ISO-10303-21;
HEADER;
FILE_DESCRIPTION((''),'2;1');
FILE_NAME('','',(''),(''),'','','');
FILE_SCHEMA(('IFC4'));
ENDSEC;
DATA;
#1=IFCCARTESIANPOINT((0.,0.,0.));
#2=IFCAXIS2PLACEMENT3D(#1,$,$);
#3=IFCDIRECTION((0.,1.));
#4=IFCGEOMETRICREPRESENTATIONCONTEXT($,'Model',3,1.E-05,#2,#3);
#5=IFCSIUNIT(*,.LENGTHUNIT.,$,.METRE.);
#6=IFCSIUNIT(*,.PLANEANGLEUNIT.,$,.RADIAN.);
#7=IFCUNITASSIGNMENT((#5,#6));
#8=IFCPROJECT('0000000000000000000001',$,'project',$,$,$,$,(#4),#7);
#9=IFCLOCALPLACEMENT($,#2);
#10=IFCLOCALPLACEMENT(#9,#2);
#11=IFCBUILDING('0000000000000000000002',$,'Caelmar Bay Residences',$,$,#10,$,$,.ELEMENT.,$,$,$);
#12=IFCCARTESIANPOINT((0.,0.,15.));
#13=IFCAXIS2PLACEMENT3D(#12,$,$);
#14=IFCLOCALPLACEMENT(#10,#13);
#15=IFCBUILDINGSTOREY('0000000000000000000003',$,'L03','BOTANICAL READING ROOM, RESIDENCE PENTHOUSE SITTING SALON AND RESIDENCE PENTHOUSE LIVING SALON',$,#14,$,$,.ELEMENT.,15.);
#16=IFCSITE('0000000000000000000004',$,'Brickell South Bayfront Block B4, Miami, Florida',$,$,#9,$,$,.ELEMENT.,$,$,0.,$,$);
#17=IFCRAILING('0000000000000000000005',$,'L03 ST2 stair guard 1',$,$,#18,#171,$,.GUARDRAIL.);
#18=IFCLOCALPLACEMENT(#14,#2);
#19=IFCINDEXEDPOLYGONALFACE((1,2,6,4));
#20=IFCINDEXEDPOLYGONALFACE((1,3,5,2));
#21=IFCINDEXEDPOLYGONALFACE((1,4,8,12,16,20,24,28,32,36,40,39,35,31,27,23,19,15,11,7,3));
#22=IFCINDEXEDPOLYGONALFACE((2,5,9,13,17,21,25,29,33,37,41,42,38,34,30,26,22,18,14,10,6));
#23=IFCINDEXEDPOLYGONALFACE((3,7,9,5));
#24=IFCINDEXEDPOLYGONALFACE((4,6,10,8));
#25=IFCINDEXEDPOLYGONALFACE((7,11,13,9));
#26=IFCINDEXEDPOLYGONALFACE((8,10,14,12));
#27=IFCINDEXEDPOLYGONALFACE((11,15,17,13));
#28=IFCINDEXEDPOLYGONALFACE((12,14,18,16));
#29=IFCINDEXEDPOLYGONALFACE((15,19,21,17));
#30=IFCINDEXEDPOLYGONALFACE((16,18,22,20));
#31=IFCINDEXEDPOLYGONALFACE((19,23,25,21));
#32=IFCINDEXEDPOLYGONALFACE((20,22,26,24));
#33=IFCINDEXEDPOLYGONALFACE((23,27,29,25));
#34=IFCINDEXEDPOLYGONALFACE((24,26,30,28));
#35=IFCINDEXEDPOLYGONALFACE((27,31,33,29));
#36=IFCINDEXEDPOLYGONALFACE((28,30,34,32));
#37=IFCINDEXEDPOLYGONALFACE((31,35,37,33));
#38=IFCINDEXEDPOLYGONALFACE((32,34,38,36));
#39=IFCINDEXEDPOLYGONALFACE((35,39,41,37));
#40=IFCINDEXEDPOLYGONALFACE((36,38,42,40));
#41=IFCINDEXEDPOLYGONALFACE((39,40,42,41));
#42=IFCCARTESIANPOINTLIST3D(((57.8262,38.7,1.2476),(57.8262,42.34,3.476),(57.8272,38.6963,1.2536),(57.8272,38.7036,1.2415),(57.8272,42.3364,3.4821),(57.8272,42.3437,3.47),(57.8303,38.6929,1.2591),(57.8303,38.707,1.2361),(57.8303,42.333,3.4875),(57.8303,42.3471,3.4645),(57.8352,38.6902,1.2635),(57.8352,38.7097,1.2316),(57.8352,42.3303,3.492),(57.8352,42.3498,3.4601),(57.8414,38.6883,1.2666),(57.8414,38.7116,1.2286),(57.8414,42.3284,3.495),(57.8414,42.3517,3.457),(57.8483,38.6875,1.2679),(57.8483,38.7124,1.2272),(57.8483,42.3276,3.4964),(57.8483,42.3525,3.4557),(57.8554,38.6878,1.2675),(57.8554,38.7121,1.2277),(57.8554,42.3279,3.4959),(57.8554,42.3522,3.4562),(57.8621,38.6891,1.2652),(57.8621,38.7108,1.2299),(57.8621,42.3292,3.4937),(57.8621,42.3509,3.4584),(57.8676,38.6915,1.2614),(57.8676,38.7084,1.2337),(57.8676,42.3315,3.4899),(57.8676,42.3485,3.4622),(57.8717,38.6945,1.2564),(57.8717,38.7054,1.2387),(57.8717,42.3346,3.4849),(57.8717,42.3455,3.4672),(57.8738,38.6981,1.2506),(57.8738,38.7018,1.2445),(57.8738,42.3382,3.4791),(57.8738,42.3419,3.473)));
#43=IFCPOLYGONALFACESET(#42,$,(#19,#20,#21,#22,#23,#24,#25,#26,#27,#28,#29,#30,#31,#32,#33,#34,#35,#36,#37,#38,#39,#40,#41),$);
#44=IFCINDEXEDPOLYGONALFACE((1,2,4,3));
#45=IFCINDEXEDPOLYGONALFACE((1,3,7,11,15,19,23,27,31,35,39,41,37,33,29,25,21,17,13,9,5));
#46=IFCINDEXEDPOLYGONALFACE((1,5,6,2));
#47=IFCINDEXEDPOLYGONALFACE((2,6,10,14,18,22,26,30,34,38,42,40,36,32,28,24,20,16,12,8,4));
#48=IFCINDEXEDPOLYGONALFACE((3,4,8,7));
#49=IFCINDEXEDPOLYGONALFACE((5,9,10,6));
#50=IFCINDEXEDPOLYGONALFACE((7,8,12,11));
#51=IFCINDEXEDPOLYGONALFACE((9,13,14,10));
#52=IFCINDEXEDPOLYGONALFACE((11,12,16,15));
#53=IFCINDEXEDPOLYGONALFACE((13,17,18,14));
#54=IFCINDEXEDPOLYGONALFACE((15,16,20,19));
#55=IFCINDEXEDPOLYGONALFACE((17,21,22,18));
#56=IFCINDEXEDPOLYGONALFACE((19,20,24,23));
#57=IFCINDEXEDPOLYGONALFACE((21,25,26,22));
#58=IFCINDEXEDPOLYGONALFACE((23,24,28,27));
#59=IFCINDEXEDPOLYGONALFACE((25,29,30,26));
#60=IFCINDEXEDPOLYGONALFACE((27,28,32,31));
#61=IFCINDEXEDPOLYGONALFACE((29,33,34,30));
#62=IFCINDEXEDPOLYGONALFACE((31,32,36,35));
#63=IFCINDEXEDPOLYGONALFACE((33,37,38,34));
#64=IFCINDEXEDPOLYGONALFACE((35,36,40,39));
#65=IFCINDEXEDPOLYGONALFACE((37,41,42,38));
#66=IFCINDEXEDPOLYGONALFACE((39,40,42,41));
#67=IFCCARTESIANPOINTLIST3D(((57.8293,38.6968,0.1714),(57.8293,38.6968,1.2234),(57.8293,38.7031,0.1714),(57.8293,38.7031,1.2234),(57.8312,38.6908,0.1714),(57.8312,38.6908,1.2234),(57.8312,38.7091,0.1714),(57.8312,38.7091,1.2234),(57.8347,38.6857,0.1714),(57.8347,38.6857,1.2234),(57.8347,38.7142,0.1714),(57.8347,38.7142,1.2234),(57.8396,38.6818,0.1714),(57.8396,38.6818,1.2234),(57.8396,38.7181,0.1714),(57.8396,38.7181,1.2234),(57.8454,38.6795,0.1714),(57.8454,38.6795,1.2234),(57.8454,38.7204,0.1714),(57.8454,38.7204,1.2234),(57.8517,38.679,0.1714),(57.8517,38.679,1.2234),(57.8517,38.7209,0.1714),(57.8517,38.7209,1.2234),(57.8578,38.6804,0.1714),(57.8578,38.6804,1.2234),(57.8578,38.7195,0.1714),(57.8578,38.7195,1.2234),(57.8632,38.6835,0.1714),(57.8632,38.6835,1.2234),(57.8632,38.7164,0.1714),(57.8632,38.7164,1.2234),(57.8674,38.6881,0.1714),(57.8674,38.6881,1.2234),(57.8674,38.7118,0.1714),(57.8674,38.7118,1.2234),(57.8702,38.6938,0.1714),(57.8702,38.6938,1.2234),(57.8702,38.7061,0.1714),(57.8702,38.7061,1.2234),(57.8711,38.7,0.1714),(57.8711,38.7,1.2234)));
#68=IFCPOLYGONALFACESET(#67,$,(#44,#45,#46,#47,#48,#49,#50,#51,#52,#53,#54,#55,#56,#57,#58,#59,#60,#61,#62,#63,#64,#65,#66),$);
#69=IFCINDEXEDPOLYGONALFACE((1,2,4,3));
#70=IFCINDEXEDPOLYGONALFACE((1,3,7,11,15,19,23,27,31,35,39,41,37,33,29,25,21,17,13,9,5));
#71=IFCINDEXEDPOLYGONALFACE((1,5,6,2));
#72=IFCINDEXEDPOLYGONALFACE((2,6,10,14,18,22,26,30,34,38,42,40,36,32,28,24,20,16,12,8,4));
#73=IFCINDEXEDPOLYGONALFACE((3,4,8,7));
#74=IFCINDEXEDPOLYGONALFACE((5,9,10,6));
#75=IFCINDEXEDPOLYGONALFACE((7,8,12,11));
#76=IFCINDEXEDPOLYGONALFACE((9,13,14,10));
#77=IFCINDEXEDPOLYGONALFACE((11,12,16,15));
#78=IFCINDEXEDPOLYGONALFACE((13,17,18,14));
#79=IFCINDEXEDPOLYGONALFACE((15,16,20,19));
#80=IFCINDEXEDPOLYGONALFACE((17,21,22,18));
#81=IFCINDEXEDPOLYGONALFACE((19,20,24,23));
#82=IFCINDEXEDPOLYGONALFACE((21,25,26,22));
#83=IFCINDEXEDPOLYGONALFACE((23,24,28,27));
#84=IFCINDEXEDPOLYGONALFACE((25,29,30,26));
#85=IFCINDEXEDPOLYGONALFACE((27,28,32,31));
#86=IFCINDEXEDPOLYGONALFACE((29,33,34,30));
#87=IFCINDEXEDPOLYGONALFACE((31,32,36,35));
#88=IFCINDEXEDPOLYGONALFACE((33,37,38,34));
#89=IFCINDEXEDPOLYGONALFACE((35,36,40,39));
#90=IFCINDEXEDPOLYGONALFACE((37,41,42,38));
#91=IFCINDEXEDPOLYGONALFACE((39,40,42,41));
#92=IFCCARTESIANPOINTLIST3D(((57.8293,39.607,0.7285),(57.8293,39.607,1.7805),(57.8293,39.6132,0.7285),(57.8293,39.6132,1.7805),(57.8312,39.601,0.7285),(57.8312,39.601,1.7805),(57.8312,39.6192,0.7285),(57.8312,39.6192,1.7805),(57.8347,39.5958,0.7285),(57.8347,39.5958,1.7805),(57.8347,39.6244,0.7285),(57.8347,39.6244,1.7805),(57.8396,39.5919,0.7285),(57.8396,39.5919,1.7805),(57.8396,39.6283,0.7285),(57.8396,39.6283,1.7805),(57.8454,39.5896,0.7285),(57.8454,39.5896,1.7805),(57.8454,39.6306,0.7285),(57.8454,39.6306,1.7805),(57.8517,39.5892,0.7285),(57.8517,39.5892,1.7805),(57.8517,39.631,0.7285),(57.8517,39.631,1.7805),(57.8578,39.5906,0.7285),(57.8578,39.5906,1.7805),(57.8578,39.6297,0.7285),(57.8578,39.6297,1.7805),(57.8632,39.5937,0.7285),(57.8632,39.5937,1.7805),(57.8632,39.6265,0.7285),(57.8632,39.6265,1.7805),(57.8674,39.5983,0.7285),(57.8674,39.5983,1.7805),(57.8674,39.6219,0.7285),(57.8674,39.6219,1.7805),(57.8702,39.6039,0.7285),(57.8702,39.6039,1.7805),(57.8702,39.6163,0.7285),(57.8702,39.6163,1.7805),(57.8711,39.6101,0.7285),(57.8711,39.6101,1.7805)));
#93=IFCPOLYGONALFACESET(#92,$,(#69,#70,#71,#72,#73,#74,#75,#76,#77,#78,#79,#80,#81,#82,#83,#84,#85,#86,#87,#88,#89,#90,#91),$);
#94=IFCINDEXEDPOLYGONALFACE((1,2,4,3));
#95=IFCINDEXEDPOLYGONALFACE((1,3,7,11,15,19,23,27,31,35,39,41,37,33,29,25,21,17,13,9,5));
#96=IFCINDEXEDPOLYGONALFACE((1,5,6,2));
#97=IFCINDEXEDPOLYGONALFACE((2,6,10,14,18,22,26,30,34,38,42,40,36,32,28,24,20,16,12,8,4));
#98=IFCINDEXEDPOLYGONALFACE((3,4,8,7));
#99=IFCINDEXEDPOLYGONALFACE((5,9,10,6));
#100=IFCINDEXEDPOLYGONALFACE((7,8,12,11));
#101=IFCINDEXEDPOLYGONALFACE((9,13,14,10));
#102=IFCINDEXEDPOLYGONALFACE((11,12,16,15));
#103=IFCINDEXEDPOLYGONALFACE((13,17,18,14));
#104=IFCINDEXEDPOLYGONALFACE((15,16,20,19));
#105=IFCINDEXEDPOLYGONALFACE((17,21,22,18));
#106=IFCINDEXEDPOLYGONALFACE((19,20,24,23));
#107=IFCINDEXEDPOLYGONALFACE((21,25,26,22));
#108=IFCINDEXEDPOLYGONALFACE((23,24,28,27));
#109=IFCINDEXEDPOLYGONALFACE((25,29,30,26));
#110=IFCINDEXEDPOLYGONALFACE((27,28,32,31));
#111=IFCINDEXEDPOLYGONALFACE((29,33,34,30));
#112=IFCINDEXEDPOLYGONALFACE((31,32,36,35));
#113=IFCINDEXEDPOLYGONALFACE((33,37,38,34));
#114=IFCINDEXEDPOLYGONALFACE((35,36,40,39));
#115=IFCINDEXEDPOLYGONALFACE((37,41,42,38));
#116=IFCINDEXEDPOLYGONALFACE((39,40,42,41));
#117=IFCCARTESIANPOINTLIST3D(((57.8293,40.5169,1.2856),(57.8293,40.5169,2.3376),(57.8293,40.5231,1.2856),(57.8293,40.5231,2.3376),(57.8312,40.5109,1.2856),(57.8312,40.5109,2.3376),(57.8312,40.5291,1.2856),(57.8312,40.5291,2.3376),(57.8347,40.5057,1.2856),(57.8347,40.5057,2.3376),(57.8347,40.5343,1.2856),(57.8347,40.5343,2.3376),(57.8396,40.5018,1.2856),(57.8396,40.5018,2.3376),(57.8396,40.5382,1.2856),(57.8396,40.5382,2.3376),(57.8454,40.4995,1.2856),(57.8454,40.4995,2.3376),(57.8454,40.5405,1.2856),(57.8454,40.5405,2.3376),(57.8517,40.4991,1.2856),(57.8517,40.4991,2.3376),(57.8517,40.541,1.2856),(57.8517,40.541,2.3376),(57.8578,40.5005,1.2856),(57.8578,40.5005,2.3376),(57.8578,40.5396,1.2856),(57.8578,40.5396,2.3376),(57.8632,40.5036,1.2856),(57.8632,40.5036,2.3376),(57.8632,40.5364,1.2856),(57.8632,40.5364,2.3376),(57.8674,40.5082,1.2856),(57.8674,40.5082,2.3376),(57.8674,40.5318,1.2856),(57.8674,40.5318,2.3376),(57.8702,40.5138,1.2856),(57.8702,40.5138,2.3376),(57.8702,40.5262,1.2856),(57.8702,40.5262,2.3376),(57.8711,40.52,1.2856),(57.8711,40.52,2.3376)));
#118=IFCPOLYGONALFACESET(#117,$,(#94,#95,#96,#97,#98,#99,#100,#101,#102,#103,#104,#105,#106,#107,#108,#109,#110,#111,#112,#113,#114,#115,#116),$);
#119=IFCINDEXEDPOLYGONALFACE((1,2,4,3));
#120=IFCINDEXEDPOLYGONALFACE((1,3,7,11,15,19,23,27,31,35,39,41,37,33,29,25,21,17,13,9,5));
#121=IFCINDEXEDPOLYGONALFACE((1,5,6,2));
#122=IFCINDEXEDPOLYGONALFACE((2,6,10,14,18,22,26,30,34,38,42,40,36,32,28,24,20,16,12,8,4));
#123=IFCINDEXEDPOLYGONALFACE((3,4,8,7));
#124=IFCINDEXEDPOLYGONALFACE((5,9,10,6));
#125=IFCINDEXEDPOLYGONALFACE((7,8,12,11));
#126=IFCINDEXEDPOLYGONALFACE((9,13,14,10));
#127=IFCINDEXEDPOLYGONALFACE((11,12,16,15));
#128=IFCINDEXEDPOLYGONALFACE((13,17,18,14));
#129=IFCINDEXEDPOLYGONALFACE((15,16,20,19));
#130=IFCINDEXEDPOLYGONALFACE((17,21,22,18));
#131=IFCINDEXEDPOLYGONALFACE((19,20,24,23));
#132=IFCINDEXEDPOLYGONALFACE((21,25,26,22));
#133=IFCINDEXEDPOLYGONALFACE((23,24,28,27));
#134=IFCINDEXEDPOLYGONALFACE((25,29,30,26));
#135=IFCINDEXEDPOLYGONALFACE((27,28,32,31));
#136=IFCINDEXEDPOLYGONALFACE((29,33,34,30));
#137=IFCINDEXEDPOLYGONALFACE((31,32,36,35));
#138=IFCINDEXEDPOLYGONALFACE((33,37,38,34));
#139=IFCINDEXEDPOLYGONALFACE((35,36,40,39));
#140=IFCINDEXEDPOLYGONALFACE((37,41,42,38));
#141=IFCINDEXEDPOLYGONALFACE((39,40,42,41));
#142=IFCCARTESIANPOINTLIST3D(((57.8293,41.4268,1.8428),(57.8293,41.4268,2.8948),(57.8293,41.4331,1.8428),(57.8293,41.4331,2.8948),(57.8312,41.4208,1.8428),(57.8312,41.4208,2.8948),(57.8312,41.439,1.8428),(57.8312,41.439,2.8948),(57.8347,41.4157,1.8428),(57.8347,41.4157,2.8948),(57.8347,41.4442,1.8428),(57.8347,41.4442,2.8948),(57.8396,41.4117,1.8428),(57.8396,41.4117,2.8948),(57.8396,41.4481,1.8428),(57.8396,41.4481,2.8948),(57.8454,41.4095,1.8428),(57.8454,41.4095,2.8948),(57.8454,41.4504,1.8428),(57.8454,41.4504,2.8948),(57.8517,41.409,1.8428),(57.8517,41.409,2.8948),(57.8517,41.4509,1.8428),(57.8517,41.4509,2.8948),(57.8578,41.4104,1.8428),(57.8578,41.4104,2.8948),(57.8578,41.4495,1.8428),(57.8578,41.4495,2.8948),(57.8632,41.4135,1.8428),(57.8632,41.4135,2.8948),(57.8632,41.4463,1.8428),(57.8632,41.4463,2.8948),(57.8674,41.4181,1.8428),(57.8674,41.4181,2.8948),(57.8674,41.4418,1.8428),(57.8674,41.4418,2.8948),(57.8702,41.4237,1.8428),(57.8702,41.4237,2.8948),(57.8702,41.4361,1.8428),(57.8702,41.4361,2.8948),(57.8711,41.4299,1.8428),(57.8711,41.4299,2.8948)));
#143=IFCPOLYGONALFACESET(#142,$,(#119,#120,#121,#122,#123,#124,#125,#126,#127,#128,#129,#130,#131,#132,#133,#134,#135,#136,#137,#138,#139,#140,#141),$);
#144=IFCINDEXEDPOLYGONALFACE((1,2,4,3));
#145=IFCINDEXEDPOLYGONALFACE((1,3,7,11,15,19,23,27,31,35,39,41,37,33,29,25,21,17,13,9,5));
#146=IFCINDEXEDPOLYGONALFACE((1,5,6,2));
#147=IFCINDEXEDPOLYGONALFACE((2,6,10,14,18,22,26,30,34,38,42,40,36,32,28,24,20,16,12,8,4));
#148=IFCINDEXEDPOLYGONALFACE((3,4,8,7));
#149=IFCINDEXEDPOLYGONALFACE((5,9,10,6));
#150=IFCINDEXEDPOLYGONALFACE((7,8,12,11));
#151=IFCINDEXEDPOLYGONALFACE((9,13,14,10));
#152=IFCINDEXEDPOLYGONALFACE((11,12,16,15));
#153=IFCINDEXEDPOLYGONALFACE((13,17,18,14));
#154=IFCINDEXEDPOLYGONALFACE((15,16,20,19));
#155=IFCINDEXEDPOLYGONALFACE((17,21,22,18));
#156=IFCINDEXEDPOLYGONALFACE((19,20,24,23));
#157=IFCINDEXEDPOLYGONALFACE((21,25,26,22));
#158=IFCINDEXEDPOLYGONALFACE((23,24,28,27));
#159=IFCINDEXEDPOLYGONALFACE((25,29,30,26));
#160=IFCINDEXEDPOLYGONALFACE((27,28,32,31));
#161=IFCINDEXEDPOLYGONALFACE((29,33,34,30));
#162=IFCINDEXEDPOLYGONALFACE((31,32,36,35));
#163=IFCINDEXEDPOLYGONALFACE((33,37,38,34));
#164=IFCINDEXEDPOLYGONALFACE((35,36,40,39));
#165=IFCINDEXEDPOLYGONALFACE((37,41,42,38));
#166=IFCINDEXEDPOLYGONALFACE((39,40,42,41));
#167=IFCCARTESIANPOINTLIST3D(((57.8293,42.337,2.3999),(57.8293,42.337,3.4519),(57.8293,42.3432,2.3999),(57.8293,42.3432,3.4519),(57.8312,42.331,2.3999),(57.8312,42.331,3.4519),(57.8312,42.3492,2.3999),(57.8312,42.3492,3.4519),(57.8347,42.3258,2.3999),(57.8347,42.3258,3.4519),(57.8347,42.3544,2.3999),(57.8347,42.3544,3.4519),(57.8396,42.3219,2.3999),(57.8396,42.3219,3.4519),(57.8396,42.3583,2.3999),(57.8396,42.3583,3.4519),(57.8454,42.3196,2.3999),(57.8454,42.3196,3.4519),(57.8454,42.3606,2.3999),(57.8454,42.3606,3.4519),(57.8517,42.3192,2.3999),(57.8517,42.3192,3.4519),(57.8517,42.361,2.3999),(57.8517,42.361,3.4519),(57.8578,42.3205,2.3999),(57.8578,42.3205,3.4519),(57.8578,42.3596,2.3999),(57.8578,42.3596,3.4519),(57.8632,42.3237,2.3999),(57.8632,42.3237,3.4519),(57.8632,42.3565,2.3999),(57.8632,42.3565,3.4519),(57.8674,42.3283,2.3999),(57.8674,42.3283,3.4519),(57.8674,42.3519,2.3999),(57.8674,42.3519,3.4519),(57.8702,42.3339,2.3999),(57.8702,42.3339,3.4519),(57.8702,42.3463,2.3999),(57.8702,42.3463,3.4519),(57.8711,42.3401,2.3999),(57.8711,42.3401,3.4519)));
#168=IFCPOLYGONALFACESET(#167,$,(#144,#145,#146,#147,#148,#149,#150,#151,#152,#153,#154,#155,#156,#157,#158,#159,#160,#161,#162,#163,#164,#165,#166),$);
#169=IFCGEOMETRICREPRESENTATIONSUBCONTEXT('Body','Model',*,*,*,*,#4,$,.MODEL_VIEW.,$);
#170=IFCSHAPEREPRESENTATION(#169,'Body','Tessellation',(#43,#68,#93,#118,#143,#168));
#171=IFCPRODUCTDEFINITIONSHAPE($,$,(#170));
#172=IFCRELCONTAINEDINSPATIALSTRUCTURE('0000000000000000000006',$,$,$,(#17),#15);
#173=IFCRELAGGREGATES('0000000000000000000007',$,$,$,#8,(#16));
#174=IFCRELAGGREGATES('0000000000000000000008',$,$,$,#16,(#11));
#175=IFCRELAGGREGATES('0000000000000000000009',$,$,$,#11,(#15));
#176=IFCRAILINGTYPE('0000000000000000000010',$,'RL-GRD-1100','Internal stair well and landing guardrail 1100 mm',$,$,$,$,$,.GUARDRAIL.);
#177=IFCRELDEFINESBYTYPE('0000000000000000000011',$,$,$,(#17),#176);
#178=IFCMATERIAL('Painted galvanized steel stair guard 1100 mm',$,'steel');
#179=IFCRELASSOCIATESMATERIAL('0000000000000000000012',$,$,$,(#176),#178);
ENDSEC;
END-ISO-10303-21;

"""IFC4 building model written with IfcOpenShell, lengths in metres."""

from ifc_helpers import new_model, si_unit, direction, frame, origin, origin_2d, place, context, subcontext, project, spatial, circle, extrude, material, type_object, element, save


model = new_model("IFC4")

# Units and contexts
model_context = context("Model", 3, precision=1e-05, world=origin(), true_north=direction((0.0, 1.0)))
body_context = subcontext(model_context, "Body", "Model", "MODEL_VIEW")
ifc_project = project(units=[si_unit("LENGTHUNIT", "METRE"), si_unit("PLANEANGLEUNIT", "RADIAN")], contexts=[model_context])

# Site, building, storey
site_placement = place(None, origin())
site = spatial("IfcSite", under=ifc_project, at=site_placement, Name="Brickell South Bayfront Block B4, Miami, Florida", CompositionType="ELEMENT", RefElevation=0.0)
building_placement = place(site_placement, origin())
building = spatial("IfcBuilding", under=site, at=building_placement, Name="Caelmar Bay Residences", CompositionType="ELEMENT")
storey_placement = place(building_placement, frame((0.0, 0.0, 15.0)))
storey = spatial("IfcBuildingStorey", under=building, at=storey_placement, Name="L03", Description="BOTANICAL READING ROOM, RESIDENCE PENTHOUSE SITTING SALON AND RESIDENCE PENTHOUSE LIVING SALON", CompositionType="ELEMENT", Elevation=15.0)

# Railing
ifc_material_1 = material(Name="Painted galvanized steel stair guard 1100 mm", Category="steel")
railing_type_1 = type_object("IfcRailingType", Name="RL-GRD-1100", Description="Internal stair well and landing guardrail 1100 mm", PredefinedType="GUARDRAIL", material=ifc_material_1)
railing_1_placement = place(storey_placement, frame((57.8501, 38.7, 0.1714)))
element("IfcRailing", 1, at=railing_1_placement, inside=storey, type_object=railing_type_1, Name="L03 ST2 stair guard 1", PredefinedType="GUARDRAIL", context=body_context, shape_type="SweptSolid", body=[
    extrude(circle(Radius=0.0239, at=origin_2d()), frame((0.0, 0.0, 1.0762), z_axis=(0.0, 0.852866, 0.52213), x_axis=(-1.0, 0.0, 0.0)), (0.0, 0.0, 1.0), 4.2681),
    extrude(circle(Radius=0.021, at=origin_2d()), origin(), (0.0, 0.0, 1.0), 1.052),
    extrude(circle(Radius=0.021, at=origin_2d()), frame((0.0, 0.9102, 0.5571)), (0.0, 0.0, 1.0), 1.052),
    extrude(circle(Radius=0.021, at=origin_2d()), frame((0.0, 1.8201, 1.1143)), (0.0, 0.0, 1.0), 1.052),
    extrude(circle(Radius=0.021, at=origin_2d()), frame((0.0, 2.73, 1.6714)), (0.0, 0.0, 1.0), 1.052),
    extrude(circle(Radius=0.021, at=origin_2d()), frame((0.0, 3.6401, 2.2285)), (0.0, 0.0, 1.0), 1.052),
])

save(model, "model.ifc")
